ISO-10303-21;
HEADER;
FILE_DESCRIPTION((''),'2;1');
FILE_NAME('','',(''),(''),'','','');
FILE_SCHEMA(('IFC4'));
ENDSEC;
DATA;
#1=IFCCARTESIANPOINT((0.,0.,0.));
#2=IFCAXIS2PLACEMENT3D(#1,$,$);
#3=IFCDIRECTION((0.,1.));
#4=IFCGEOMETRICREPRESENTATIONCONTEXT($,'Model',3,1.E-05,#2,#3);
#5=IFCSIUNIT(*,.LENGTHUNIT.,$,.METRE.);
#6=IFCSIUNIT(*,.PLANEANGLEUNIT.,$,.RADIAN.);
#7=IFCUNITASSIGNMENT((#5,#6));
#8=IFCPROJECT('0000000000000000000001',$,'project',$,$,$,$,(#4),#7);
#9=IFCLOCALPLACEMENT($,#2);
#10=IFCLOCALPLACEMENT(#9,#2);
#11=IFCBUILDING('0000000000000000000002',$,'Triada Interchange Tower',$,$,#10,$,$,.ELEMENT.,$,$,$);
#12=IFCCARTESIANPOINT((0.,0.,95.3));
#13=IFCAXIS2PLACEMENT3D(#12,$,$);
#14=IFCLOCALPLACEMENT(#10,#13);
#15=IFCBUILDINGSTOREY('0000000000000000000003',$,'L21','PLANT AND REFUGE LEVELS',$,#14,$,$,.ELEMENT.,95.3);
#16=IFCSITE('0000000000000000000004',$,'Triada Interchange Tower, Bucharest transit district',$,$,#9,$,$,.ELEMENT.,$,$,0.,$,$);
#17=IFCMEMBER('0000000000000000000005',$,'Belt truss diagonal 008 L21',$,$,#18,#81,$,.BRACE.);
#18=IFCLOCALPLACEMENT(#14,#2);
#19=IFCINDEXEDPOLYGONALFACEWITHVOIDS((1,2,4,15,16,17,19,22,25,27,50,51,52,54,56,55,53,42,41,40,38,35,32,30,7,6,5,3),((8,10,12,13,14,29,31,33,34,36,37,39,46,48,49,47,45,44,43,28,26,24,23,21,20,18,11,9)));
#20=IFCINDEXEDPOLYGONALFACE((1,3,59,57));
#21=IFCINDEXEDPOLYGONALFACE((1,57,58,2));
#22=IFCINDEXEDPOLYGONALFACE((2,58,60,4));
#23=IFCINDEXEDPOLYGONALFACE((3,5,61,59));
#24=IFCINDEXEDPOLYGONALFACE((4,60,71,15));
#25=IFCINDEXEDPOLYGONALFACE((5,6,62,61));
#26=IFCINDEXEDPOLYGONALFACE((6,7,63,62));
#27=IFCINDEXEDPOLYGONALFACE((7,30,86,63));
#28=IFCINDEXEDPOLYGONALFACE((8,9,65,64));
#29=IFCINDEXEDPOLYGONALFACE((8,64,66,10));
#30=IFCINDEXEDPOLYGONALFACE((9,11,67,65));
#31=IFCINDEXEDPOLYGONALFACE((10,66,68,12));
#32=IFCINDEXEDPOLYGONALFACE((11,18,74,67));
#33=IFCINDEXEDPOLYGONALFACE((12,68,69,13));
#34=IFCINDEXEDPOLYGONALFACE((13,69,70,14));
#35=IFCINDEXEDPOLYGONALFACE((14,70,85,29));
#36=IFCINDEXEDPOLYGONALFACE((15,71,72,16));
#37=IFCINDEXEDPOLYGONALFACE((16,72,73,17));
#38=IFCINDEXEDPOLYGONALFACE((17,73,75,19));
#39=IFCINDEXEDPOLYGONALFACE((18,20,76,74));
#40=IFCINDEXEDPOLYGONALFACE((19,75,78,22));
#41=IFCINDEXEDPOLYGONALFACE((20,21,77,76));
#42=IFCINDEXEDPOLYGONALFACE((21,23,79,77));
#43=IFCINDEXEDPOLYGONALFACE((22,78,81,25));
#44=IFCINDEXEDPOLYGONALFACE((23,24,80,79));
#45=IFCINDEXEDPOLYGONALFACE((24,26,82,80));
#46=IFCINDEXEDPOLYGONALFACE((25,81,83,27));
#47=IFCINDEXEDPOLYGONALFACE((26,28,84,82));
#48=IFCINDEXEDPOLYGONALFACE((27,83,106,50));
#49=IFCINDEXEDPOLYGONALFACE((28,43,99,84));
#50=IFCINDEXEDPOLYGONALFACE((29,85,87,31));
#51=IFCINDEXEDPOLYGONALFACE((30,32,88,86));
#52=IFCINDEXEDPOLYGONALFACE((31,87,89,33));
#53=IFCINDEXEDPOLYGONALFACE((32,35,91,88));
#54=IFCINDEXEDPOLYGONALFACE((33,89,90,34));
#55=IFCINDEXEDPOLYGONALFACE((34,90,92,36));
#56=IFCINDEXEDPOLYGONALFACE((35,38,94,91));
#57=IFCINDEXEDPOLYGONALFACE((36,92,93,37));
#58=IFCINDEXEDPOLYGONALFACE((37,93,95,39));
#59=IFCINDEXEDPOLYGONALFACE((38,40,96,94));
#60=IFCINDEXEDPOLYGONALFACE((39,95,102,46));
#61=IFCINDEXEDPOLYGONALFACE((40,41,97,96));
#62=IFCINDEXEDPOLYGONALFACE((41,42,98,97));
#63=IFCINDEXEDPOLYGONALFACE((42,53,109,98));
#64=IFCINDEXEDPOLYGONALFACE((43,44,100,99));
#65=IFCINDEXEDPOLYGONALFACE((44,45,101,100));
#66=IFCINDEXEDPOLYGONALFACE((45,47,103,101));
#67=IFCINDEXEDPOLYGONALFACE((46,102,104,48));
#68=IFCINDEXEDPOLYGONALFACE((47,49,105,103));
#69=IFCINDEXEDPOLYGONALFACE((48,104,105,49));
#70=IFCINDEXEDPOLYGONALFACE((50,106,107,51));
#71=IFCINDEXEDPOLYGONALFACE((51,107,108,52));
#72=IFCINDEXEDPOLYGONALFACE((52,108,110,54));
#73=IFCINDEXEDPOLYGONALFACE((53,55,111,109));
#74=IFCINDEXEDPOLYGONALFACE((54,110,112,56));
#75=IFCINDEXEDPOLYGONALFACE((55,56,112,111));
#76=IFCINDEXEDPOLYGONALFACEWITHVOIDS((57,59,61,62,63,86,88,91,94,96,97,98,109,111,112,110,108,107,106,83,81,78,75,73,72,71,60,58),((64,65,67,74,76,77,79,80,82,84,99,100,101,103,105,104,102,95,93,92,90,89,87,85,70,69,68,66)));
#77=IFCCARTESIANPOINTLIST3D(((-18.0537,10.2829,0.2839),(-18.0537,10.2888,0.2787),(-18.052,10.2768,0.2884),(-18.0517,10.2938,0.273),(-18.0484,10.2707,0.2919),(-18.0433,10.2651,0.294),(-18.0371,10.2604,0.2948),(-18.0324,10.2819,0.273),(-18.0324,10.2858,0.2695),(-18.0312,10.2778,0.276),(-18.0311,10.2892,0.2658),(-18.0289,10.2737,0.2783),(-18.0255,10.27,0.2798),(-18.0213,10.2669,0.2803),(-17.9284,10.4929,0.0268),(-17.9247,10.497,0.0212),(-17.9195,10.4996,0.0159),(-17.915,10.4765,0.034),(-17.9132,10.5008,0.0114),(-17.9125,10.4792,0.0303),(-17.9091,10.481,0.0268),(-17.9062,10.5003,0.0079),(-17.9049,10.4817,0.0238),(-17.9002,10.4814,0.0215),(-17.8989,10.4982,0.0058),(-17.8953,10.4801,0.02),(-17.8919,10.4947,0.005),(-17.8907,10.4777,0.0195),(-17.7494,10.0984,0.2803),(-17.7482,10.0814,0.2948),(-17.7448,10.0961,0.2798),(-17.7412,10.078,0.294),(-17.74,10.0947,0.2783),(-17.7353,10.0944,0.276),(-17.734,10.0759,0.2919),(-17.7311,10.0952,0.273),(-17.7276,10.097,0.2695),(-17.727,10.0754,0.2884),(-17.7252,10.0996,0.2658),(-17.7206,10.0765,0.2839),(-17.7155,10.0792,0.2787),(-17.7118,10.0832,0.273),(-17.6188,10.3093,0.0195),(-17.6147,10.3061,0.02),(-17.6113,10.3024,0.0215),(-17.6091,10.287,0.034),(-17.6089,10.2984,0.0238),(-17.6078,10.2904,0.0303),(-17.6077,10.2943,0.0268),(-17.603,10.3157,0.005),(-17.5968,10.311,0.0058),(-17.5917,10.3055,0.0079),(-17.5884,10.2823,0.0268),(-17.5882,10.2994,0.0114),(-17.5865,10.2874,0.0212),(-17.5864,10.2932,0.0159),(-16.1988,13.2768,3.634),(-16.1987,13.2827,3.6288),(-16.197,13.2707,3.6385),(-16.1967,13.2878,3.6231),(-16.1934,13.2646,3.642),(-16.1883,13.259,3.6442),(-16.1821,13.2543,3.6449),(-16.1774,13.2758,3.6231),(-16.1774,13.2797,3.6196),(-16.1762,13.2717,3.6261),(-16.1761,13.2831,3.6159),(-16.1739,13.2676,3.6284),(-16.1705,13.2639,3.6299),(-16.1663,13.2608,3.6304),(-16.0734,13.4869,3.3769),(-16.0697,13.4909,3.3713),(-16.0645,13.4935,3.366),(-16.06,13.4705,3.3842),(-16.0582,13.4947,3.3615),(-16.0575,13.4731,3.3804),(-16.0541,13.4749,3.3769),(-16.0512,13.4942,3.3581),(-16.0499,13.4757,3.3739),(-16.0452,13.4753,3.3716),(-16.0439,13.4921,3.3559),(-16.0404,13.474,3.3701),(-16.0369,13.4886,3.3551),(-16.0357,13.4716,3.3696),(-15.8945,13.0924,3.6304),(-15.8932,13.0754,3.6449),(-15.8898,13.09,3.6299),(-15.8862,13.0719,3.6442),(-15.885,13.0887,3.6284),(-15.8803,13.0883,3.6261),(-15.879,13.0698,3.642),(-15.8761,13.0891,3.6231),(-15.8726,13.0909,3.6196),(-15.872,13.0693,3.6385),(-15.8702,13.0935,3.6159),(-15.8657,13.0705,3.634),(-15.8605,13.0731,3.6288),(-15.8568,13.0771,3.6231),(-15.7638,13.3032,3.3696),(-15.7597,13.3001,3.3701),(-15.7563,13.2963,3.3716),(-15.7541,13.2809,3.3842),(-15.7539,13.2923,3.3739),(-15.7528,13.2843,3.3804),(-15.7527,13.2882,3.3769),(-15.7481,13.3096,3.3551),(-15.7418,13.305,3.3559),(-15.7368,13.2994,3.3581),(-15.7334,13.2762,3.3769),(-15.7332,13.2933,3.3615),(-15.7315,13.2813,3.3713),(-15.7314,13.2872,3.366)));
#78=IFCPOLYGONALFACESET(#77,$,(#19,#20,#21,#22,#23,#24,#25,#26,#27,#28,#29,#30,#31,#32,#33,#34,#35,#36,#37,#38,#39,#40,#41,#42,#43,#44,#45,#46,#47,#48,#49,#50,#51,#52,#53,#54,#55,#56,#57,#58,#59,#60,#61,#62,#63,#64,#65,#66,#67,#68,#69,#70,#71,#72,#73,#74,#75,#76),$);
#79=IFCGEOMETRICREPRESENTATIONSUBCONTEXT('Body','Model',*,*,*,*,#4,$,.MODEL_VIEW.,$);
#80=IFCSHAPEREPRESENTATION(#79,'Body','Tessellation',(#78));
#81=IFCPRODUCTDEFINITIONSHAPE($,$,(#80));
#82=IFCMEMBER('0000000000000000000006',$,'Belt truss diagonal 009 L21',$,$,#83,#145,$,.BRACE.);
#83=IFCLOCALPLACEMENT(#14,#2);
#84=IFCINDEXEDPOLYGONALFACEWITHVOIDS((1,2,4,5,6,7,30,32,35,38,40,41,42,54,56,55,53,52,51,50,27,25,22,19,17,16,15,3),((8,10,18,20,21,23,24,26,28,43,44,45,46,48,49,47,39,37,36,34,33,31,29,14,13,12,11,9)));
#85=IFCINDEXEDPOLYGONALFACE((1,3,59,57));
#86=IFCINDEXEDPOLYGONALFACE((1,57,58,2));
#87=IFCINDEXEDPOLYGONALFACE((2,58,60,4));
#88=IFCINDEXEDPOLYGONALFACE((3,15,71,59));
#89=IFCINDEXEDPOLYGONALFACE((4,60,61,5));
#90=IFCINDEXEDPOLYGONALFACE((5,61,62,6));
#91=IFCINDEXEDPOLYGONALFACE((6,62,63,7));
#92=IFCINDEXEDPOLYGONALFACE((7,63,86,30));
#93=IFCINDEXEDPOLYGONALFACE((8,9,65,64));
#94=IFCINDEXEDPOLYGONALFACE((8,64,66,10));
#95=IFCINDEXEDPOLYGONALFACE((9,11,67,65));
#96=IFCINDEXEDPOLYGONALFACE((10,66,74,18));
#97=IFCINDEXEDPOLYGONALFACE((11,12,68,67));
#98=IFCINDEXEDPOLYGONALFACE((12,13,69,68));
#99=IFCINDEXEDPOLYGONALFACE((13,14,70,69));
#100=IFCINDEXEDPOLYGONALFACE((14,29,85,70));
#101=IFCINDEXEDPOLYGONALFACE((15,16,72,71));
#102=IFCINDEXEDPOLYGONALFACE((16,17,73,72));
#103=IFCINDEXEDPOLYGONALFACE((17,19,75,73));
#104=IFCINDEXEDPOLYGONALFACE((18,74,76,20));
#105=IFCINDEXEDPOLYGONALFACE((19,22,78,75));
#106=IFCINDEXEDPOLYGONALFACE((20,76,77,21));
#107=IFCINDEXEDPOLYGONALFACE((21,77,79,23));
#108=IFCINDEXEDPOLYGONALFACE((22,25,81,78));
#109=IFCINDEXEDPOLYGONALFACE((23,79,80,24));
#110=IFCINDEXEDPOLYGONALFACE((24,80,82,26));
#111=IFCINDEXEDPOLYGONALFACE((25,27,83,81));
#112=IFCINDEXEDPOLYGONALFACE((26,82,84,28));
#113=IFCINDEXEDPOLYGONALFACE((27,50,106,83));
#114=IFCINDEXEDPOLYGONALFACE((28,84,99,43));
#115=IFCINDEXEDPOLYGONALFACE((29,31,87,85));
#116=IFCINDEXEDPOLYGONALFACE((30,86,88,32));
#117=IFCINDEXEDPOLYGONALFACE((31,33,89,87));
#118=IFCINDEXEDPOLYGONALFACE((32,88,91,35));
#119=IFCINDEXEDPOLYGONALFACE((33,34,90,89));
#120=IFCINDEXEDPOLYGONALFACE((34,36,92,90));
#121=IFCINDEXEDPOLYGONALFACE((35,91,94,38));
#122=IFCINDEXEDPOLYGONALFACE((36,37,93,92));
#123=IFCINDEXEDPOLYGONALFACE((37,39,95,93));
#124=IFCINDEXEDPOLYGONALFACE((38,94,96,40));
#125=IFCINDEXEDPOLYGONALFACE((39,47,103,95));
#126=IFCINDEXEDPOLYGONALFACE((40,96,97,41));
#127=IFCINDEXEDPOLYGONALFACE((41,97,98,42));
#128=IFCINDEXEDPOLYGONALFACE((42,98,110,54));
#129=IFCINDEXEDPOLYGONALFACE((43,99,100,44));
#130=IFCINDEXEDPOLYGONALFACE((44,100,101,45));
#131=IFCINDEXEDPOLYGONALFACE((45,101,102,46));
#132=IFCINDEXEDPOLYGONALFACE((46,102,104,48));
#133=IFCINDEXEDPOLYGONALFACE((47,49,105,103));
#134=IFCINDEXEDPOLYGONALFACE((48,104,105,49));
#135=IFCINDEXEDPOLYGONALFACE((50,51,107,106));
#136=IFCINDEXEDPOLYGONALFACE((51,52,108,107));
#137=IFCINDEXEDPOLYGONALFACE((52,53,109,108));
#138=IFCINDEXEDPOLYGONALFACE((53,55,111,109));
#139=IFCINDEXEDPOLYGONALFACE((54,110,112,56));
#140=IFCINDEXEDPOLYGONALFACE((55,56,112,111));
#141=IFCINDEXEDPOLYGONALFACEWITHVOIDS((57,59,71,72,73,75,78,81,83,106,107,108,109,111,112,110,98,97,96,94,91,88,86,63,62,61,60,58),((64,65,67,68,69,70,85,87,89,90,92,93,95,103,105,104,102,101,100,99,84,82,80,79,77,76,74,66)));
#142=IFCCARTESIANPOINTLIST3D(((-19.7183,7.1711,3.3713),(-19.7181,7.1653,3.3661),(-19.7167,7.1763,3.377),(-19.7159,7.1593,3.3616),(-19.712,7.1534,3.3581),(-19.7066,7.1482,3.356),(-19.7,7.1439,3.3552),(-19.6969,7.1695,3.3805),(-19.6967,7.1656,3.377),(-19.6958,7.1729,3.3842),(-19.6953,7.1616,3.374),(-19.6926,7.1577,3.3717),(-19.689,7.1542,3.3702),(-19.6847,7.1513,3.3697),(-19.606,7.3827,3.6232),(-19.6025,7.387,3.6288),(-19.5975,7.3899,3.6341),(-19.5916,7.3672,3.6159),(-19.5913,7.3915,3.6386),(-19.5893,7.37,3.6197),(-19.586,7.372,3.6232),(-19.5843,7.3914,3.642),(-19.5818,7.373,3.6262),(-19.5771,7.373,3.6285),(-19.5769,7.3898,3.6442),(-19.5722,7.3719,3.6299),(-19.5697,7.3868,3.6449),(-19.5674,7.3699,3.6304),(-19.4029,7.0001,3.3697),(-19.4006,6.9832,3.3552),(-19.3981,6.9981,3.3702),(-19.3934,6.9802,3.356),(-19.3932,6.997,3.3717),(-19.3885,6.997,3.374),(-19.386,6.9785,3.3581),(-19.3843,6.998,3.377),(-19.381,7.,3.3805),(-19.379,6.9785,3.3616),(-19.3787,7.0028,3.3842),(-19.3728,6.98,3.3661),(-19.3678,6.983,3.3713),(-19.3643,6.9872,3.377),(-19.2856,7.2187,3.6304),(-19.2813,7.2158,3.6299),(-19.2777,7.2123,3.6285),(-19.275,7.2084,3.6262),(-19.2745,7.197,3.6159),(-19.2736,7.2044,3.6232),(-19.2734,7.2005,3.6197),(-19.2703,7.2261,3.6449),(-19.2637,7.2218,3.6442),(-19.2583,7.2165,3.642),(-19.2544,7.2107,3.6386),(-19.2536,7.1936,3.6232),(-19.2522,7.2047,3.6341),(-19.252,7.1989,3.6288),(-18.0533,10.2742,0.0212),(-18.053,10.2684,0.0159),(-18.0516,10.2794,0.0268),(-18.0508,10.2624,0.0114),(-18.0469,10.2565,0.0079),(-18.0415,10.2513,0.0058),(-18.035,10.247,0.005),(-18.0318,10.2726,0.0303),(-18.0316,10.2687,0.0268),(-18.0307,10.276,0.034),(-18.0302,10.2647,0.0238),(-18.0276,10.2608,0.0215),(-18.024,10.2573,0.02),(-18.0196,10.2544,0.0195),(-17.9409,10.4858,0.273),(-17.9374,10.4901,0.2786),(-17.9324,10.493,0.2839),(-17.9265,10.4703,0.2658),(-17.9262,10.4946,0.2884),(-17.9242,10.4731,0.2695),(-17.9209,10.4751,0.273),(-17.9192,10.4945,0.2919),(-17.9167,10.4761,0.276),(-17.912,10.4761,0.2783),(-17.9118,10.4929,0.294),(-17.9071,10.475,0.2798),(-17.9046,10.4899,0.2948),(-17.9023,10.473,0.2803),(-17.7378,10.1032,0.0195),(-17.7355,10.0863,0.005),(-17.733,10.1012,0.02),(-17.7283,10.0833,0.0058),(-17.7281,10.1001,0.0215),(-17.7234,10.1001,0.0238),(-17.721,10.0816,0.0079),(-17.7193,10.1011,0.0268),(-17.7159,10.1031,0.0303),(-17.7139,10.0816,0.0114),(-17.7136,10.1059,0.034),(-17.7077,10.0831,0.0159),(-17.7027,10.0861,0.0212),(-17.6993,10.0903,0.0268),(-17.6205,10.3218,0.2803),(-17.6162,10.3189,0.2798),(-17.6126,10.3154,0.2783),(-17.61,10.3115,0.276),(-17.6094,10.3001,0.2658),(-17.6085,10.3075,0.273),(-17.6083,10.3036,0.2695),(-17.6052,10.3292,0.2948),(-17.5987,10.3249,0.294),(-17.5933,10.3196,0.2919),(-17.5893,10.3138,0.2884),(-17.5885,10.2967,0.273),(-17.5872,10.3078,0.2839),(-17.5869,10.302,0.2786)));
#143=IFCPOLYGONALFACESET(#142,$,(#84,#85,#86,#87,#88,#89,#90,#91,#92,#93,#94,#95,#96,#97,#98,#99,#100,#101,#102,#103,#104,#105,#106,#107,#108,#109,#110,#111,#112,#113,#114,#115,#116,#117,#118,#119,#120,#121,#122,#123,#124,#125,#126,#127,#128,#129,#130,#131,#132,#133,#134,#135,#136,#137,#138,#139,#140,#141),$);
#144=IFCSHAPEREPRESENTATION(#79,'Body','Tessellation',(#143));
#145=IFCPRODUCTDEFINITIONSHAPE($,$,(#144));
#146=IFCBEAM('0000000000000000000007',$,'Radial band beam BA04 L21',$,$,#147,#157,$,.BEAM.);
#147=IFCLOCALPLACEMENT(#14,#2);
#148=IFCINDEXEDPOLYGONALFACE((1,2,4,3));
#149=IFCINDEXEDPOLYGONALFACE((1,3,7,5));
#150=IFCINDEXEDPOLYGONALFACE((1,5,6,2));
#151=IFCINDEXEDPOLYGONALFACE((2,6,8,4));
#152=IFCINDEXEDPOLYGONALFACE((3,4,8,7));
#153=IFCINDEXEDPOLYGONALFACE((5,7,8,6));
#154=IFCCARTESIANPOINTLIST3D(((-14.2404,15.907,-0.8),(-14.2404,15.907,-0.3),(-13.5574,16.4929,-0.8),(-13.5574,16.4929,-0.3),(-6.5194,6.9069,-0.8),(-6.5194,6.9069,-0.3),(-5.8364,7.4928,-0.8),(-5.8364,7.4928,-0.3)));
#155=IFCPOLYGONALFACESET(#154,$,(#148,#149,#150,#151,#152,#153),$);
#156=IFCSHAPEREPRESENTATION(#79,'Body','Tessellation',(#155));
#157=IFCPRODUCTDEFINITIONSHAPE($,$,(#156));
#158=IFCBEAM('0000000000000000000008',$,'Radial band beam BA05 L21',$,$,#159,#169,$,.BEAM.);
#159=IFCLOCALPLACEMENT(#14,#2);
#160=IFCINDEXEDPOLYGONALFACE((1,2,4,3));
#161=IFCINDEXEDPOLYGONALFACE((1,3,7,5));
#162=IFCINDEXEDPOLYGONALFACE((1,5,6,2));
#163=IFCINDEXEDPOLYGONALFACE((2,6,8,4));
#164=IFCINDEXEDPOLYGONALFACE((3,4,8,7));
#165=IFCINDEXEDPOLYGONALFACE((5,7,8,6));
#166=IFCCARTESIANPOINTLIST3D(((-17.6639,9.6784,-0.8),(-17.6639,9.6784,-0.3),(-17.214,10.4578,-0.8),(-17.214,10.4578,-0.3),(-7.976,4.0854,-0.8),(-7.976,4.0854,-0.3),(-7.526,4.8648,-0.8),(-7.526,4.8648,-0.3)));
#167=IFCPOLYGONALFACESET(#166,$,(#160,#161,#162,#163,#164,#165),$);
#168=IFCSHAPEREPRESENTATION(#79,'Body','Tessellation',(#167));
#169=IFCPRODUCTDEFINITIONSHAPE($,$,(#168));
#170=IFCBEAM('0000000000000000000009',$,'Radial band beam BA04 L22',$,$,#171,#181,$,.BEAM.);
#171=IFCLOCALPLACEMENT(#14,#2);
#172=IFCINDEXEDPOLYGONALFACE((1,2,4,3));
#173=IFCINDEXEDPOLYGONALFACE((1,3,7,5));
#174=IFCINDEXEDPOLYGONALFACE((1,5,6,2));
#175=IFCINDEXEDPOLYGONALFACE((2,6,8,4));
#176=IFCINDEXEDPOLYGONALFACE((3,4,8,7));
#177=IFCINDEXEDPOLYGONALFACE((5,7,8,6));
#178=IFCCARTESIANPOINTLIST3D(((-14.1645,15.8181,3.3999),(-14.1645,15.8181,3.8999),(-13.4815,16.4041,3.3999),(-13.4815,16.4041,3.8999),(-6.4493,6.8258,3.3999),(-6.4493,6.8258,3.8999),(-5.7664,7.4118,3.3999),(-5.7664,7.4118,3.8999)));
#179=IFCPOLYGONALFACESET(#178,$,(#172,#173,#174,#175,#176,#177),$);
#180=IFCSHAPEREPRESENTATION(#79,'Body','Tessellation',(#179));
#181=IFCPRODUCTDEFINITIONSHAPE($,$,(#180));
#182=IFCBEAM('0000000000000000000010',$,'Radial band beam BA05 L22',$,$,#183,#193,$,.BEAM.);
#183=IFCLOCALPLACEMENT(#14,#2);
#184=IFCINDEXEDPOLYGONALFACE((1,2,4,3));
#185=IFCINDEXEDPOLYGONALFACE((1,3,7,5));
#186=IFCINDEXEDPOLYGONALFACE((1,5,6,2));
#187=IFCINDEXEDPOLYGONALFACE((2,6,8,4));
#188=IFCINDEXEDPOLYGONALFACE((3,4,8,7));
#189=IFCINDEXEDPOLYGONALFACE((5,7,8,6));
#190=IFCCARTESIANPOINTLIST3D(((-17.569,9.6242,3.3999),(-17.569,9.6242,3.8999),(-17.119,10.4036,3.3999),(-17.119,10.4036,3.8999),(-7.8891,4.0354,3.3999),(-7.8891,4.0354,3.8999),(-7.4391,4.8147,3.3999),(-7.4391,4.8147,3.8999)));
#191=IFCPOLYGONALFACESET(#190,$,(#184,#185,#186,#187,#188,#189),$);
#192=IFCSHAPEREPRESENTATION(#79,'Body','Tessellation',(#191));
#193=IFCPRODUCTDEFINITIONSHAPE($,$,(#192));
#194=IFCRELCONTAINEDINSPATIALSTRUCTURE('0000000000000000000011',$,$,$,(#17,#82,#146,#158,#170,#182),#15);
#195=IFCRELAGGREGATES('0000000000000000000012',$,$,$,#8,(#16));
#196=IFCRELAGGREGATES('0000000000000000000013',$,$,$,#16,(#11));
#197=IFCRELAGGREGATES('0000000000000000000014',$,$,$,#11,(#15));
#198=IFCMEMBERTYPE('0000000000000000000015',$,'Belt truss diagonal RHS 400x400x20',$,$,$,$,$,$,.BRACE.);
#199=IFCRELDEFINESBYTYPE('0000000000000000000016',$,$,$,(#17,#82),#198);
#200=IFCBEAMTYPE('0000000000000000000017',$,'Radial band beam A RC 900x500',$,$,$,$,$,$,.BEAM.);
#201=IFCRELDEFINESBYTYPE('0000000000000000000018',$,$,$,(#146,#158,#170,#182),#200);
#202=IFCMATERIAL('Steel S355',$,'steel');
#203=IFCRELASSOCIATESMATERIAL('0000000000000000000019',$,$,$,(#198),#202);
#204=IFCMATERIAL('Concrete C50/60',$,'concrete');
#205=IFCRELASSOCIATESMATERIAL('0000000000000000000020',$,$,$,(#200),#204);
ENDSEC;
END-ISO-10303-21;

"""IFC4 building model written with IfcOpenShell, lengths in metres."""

from ifc_helpers import new_model, si_unit, direction, frame, origin, origin_2d, place, context, subcontext, project, spatial, rectangle, hollow_rectangle, extrude, material, material_profile, profile_set, type_object, element, save


model = new_model("IFC4")

# Units and contexts
model_context = context("Model", 3, precision=1e-05, world=origin(), true_north=direction((0.0, 1.0)))
body_context = subcontext(model_context, "Body", "Model", "MODEL_VIEW")
ifc_project = project(units=[si_unit("LENGTHUNIT", "METRE"), si_unit("PLANEANGLEUNIT", "RADIAN")], contexts=[model_context])

# Site, building, storey
site_placement = place(None, origin())
site = spatial("IfcSite", under=ifc_project, at=site_placement, Name="Triada Interchange Tower, Bucharest transit district", CompositionType="ELEMENT", RefElevation=0.0)
building_placement = place(site_placement, origin())
building = spatial("IfcBuilding", under=site, at=building_placement, Name="Triada Interchange Tower", CompositionType="ELEMENT")
storey_placement = place(building_placement, frame((0.0, 0.0, 95.3)))
storey = spatial("IfcBuildingStorey", under=building, at=storey_placement, Name="L21", Description="PLANT AND REFUGE LEVELS", CompositionType="ELEMENT", Elevation=95.3)

# Members
ifc_material_1 = material(Name="Steel S355", Category="steel")
ifc_material_profile_1 = material_profile(ifc_material_1, hollow_rectangle(XDim=0.3999, YDim=0.3999, WallThickness=0.02, InnerFilletRadius=0.02, OuterFilletRadius=0.03, at=origin_2d()), Name="RHS 400x400x20")
ifc_profile_set_1 = profile_set([ifc_material_profile_1], Name="Steel S355")
member_type = type_object("IfcMemberType", Name="Belt truss diagonal RHS 400x400x20", PredefinedType="BRACE", material=ifc_profile_set_1)
member_1_placement = place(storey_placement, frame((-17.8201, 10.2881, 0.1499), z_axis=(0.381619, 0.615925, 0.689205), x_axis=(-0.85006, 0.526686, 0.0)))
element("IfcMember", 1, at=member_1_placement, inside=storey, type_object=member_type, Name="Belt truss diagonal 008 L21", PredefinedType="BRACE", context=body_context, shape_type="SweptSolid", body=[
    extrude(hollow_rectangle(XDim=0.3999, YDim=0.3999, WallThickness=0.02, InnerFilletRadius=0.02, OuterFilletRadius=0.03, at=origin_2d()), origin(), (0.0, 0.0, 1.0), 4.8608),
])
member_2_placement = place(storey_placement, frame((-17.8201, 10.2881, 0.1499), z_axis=(-0.342567, -0.63842, 0.689252), x_axis=(0.88116, -0.472818, 0.0)))
element("IfcMember", 2, at=member_2_placement, inside=storey, type_object=member_type, Name="Belt truss diagonal 009 L21", PredefinedType="BRACE", context=body_context, shape_type="SweptSolid", body=[
    extrude(hollow_rectangle(XDim=0.3999, YDim=0.3999, WallThickness=0.02, InnerFilletRadius=0.02, OuterFilletRadius=0.03, at=origin_2d()), origin(), (0.0, 0.0, 1.0), 4.8606),
])

# Beams
ifc_material_2 = material(Name="Concrete C50/60", Category="concrete")
ifc_material_profile_2 = material_profile(ifc_material_2, rectangle(XDim=0.8999, YDim=0.5, at=origin_2d()), Name="RC 900x500")
ifc_profile_set_2 = profile_set([ifc_material_profile_2], Name="Concrete C50/60")
beam_type_1 = type_object("IfcBeamType", Name="Radial band beam A RC 900x500", PredefinedType="BEAM", material=ifc_profile_set_2)
beam_1_placement = place(storey_placement, frame((-13.8989, 16.2, -0.55), z_axis=(0.651115, -0.758979, 0.0), x_axis=(0.758979, 0.651115, 0.0)))
element("IfcBeam", 3, at=beam_1_placement, inside=storey, type_object=beam_type_1, Name="Radial band beam BA04 L21", PredefinedType="BEAM", context=body_context, shape_type="SweptSolid", body=[
    extrude(rectangle(XDim=0.8999, YDim=0.5, at=origin_2d()), origin(), (0.0, 0.0, 1.0), 11.8582),
])
beam_2_placement = place(storey_placement, frame((-17.439, 10.0681, -0.55), z_axis=(0.866039, -0.499977, 0.0), x_axis=(0.499977, 0.866039, 0.0)))
element("IfcBeam", 4, at=beam_2_placement, inside=storey, type_object=beam_type_1, Name="Radial band beam BA05 L21", PredefinedType="BEAM", context=body_context, shape_type="SweptSolid", body=[
    extrude(rectangle(XDim=0.8999, YDim=0.5, at=origin_2d()), origin(), (0.0, 0.0, 1.0), 11.1865),
])
beam_3_placement = place(storey_placement, frame((-13.823, 16.1111, 3.6499), z_axis=(0.651156, -0.758944, 0.0), x_axis=(0.758944, 0.651156, 0.0)))
element("IfcBeam", 5, at=beam_3_placement, inside=storey, type_object=beam_type_1, Name="Radial band beam BA04 L22", PredefinedType="BEAM", context=body_context, shape_type="SweptSolid", body=[
    extrude(rectangle(XDim=0.8999, YDim=0.5, at=origin_2d()), origin(), (0.0, 0.0, 1.0), 11.8484),
])
beam_4_placement = place(storey_placement, frame((-17.344, 10.0139, 3.6499), z_axis=(0.866019, -0.50001, 0.0), x_axis=(0.50001, 0.866019, 0.0)))
element("IfcBeam", 6, at=beam_4_placement, inside=storey, type_object=beam_type_1, Name="Radial band beam BA05 L22", PredefinedType="BEAM", context=body_context, shape_type="SweptSolid", body=[
    extrude(rectangle(XDim=0.8999, YDim=0.5, at=origin_2d()), origin(), (0.0, 0.0, 1.0), 11.1775),
])

save(model, "model.ifc")
